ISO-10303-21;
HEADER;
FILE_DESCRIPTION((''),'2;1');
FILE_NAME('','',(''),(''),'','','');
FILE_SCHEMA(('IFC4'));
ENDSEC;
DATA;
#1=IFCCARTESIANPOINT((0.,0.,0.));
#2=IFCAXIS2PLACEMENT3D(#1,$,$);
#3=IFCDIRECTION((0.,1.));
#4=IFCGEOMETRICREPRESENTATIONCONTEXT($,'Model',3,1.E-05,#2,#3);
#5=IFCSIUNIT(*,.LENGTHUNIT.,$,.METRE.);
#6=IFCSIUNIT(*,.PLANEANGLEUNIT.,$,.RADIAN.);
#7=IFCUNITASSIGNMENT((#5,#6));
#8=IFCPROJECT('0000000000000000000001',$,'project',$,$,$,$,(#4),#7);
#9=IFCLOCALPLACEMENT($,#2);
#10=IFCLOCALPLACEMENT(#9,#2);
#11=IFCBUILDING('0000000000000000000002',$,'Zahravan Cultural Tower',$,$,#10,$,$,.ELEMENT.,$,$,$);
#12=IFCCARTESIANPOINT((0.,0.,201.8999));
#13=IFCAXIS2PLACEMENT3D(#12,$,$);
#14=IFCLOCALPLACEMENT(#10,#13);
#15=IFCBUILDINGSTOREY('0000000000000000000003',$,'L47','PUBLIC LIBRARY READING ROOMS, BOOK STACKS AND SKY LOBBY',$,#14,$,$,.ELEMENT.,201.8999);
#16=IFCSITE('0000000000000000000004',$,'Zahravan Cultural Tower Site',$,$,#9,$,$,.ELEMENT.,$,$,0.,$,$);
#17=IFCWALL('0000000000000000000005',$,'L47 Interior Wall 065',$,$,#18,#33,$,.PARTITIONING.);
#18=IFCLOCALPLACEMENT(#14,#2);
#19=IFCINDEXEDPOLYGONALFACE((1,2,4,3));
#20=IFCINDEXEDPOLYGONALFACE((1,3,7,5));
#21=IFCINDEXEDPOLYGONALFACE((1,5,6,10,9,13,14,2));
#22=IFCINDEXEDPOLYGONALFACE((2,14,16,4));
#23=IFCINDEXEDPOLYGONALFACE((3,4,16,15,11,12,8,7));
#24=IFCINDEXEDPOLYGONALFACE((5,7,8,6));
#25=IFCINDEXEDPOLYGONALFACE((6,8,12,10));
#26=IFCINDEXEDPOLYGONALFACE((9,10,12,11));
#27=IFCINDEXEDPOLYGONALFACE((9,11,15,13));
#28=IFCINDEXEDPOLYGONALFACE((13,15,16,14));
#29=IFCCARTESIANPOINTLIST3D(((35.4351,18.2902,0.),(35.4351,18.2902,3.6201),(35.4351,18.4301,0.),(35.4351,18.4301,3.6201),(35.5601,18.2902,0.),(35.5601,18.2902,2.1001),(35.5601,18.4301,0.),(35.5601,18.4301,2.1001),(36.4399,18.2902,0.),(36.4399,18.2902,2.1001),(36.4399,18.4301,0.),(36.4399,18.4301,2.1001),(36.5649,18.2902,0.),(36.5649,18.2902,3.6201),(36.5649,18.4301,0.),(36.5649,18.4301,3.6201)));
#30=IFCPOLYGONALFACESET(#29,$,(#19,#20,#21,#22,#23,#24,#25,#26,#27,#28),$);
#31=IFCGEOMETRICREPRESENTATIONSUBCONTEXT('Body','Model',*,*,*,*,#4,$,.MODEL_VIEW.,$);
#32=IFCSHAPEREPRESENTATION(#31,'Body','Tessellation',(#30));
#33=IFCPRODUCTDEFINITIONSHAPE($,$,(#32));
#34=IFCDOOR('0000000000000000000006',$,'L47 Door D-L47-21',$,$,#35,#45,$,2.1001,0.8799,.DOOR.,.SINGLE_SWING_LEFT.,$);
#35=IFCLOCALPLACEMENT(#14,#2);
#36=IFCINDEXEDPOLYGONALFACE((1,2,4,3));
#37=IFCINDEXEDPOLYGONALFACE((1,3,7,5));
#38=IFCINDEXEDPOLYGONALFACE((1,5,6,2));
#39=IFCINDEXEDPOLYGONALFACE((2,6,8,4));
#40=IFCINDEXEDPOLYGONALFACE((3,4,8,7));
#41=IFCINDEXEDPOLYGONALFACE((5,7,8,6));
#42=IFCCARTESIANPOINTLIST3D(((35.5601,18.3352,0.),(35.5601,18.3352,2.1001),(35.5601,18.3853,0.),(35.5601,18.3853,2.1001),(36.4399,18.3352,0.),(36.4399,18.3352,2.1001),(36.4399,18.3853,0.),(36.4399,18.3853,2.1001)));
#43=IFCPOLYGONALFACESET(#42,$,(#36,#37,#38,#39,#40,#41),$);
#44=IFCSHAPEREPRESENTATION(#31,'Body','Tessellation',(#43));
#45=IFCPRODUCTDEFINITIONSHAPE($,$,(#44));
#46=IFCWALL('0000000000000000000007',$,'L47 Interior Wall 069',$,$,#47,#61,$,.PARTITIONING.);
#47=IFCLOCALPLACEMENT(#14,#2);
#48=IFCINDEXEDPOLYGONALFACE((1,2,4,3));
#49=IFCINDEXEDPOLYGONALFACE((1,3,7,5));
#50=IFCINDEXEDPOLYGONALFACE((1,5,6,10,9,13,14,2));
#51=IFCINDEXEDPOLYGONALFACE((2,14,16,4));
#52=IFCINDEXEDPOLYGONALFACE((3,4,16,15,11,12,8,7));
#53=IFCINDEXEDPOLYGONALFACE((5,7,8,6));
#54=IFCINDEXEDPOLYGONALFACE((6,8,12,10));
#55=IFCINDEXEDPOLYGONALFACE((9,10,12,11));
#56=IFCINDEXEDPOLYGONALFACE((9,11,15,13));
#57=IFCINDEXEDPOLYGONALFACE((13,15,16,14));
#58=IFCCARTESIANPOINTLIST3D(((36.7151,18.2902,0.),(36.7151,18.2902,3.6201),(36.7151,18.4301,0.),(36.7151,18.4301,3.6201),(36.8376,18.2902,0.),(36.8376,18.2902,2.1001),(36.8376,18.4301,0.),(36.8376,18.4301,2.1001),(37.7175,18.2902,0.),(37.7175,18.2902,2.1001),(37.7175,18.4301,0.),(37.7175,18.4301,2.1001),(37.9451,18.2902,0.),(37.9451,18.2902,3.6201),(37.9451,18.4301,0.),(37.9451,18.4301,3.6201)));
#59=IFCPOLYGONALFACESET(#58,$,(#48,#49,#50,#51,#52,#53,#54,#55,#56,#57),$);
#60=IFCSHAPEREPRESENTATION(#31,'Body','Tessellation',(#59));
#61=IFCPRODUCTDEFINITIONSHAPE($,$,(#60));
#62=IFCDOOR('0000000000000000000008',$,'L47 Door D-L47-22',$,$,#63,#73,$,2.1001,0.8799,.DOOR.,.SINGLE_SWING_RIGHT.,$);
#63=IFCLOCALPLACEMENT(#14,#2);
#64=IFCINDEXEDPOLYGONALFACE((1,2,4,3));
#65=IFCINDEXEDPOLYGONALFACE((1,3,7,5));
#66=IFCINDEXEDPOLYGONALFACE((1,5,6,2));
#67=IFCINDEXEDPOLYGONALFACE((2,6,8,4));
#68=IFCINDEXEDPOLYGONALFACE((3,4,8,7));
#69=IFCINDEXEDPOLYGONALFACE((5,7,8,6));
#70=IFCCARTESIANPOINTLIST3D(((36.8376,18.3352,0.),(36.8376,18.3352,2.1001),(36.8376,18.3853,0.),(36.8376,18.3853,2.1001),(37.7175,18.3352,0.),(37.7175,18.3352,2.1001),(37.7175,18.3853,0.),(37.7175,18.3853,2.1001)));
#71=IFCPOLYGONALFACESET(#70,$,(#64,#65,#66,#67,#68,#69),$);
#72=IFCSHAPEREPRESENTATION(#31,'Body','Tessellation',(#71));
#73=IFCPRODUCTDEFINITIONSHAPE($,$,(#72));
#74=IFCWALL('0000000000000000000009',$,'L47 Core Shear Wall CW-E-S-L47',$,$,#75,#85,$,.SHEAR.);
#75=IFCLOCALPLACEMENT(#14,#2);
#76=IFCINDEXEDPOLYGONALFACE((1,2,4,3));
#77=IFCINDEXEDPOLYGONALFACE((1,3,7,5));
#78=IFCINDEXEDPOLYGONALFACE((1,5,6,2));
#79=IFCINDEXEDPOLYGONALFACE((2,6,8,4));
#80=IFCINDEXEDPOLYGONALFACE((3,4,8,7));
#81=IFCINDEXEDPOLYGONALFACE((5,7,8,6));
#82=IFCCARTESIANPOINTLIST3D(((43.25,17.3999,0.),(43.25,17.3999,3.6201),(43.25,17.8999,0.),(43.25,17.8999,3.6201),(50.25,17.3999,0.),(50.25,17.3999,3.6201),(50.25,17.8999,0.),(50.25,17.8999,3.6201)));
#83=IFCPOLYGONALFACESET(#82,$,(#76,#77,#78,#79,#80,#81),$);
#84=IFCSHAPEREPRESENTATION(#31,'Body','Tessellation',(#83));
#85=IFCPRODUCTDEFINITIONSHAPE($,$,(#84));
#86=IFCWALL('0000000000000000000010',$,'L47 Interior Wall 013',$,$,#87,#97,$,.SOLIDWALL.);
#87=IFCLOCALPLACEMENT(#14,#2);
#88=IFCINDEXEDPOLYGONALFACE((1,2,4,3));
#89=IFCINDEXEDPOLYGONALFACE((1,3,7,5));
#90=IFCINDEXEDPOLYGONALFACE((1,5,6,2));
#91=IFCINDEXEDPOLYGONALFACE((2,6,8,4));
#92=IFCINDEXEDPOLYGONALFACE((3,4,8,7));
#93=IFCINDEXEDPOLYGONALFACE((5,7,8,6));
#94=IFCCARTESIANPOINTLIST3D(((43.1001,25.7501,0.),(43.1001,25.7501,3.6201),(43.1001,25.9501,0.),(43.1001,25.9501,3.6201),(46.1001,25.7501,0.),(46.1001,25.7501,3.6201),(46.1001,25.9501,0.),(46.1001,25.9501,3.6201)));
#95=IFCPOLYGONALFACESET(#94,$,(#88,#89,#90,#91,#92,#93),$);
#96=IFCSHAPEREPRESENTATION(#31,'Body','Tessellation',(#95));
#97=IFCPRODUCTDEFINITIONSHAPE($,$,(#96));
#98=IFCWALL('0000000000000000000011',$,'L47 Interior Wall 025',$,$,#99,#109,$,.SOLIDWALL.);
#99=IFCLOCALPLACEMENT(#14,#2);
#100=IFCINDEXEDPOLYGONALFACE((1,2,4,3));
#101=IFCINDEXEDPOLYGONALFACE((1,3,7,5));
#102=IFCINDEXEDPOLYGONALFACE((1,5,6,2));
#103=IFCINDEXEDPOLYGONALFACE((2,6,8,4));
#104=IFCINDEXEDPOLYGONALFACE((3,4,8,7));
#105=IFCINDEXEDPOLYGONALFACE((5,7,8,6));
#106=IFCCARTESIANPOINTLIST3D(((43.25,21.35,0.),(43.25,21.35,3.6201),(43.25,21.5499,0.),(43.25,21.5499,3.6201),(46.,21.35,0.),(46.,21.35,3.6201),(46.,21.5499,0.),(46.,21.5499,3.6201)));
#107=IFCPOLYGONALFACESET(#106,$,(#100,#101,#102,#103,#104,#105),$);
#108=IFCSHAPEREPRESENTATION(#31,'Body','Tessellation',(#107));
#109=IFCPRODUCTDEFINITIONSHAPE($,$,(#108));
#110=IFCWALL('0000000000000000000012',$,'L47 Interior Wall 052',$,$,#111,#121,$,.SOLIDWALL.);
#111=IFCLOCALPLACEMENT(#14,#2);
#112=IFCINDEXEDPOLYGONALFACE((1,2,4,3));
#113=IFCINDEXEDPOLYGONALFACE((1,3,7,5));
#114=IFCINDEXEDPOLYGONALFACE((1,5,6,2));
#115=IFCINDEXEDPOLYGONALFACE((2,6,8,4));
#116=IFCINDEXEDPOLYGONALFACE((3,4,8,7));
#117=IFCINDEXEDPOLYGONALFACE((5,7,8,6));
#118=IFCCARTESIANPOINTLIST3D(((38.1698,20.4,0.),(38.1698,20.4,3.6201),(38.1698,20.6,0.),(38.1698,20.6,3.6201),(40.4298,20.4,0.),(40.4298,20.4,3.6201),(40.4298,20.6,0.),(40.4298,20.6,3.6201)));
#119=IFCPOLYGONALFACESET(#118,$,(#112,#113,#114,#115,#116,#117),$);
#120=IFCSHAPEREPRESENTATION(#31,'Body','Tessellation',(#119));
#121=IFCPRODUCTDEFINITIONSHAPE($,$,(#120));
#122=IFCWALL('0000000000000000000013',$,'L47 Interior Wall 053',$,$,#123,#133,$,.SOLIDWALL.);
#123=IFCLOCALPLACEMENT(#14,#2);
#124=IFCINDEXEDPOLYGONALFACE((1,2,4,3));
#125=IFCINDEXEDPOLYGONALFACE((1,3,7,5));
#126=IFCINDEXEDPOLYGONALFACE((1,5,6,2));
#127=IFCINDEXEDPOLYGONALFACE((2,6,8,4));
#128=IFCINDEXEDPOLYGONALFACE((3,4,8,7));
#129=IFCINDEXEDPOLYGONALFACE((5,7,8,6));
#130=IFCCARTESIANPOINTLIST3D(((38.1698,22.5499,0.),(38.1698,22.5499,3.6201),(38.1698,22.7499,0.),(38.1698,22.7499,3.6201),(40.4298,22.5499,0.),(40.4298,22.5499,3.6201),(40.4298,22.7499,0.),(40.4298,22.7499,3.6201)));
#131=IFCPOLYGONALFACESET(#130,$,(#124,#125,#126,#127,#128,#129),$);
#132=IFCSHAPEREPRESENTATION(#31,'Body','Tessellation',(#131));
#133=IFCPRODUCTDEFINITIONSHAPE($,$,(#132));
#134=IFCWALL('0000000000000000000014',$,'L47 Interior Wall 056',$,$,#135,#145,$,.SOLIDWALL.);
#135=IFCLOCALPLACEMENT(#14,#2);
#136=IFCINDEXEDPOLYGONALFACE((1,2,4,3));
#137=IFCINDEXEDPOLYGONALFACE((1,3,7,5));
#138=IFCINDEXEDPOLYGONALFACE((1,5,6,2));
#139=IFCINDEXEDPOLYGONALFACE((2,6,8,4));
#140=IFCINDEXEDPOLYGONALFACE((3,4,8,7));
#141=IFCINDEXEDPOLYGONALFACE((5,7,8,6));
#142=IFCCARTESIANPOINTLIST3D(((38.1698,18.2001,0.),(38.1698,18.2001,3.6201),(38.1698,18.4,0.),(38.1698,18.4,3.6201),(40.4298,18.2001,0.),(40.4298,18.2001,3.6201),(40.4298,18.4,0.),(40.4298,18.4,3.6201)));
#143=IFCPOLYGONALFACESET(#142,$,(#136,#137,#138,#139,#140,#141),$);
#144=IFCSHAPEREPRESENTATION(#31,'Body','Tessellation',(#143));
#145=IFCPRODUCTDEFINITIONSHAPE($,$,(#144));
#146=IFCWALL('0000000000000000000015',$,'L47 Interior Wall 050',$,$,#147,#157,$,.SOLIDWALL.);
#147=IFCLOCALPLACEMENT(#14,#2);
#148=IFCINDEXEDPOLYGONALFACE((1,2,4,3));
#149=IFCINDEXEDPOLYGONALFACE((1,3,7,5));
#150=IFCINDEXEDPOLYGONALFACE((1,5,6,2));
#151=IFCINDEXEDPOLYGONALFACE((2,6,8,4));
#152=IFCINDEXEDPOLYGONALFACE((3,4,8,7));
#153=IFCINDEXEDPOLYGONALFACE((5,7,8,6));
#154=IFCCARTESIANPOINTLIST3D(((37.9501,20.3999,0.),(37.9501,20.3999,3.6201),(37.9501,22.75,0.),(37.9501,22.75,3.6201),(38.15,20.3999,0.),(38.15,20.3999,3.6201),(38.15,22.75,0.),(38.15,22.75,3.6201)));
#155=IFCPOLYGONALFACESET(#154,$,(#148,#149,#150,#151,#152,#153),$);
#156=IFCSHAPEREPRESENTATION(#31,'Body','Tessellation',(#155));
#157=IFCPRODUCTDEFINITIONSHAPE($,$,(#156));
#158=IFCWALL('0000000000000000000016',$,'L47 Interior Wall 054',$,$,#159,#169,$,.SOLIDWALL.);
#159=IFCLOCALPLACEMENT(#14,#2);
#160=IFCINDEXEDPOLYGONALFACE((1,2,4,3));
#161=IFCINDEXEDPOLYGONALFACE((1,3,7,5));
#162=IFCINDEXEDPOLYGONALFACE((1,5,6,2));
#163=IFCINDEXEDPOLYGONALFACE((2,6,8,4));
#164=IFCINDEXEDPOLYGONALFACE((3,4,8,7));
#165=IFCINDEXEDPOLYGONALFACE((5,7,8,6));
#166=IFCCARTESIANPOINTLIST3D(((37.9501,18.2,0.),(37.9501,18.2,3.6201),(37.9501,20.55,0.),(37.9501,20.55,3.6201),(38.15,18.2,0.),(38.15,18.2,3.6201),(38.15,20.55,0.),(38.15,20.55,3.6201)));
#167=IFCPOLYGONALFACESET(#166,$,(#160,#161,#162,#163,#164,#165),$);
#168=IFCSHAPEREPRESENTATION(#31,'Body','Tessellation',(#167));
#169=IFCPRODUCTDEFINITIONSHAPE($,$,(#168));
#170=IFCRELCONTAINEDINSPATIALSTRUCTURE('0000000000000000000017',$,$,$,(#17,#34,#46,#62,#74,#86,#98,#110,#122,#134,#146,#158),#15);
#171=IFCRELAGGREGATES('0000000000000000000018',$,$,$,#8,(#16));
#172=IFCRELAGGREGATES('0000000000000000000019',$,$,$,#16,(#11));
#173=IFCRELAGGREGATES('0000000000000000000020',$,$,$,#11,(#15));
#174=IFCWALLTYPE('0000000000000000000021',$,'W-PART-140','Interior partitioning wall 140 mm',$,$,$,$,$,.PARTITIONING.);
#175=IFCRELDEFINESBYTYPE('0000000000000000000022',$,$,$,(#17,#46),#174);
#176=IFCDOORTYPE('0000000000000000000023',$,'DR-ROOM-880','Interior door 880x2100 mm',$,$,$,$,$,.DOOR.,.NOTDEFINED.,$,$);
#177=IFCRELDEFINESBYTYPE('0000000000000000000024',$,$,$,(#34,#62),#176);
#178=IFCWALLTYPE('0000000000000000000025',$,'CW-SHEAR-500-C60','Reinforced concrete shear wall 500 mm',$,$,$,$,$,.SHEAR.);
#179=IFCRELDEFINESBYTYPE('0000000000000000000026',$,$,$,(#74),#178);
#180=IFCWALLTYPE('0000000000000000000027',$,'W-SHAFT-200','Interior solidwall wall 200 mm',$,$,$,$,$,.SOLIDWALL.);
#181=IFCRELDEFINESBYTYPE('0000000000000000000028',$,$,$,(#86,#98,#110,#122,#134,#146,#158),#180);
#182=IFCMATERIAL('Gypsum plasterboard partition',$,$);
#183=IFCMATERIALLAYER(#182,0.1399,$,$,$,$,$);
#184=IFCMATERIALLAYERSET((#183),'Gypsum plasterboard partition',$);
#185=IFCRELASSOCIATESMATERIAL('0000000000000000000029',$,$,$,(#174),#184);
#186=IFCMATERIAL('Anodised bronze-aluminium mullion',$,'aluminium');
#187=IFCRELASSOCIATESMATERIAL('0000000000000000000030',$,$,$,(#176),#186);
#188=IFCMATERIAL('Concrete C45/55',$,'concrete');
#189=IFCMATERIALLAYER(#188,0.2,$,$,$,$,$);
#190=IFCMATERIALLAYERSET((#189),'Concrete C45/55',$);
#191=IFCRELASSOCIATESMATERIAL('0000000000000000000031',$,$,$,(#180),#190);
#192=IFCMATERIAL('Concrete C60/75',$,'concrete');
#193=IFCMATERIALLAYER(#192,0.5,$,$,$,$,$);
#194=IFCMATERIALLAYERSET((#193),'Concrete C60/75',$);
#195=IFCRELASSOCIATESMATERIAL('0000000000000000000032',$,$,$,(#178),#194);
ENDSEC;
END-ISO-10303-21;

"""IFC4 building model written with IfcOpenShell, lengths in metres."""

from ifc_helpers import new_model, si_unit, direction, frame, frame_2d, origin, place, context, subcontext, project, spatial, rectangle, extrude, source, transform, mapped, material, layer, layer_set, type_object, element, fill, save


model = new_model("IFC4")

# Units and contexts
model_context = context("Model", 3, precision=1e-05, world=origin(), true_north=direction((0.0, 1.0)))
body_context = subcontext(model_context, "Body", "Model", "MODEL_VIEW")
ifc_project = project(units=[si_unit("LENGTHUNIT", "METRE"), si_unit("PLANEANGLEUNIT", "RADIAN")], contexts=[model_context])

# Site, building, storey
site_placement = place(None, origin())
site = spatial("IfcSite", under=ifc_project, at=site_placement, Name="Zahravan Cultural Tower Site", CompositionType="ELEMENT", RefElevation=0.0)
building_placement = place(site_placement, origin())
building = spatial("IfcBuilding", under=site, at=building_placement, Name="Zahravan Cultural Tower", CompositionType="ELEMENT")
storey_placement = place(building_placement, frame((0.0, 0.0, 201.8999)))
storey = spatial("IfcBuildingStorey", under=building, at=storey_placement, Name="L47", Description="PUBLIC LIBRARY READING ROOMS, BOOK STACKS AND SKY LOBBY", CompositionType="ELEMENT", Elevation=201.8999)

# Walls, openings, doors
ifc_material_1 = material(Name="Gypsum plasterboard partition")
ifc_layer_1 = layer(ifc_material_1, 0.1399)
ifc_layer_set_1 = layer_set([ifc_layer_1], Name="Gypsum plasterboard partition")
wall_type_1 = type_object("IfcWallType", Name="W-PART-140", Description="Interior partitioning wall 140 mm", PredefinedType="PARTITIONING", material=ifc_layer_set_1)
wall_1_placement = place(storey_placement, frame((36.5649, 18.3601, 0.0), z_axis=(0.0, 0.0, 1.0), x_axis=(-1.0, 0.0, 0.0)))
wall_1 = element("IfcWall", 1, at=wall_1_placement, inside=storey, type_object=wall_type_1, Name="L47 Interior Wall 065", PredefinedType="PARTITIONING", context=body_context, shape_type="SweptSolid", body=[
    extrude(rectangle(XDim=1.1299, YDim=0.1399, at=frame_2d((0.5649, 0.0))), origin(), (0.0, 0.0, 1.0), 3.6201),
])
opening_1_placement = place(wall_1_placement, frame((0.125, 0.0, 0.0)))
opening_1 = element("IfcOpeningElement", 2, at=opening_1_placement, cuts=wall_1, PredefinedType="OPENING", context=body_context, shape_type="SweptSolid", body=[
    extrude(rectangle(XDim=0.8799, YDim=2.1001, at=frame_2d((0.4399, 1.05))), frame((0.0, 0.0798, 0.0), z_axis=(0.0, -1.0, 0.0), x_axis=(1.0, 0.0, 0.0)), (0.0, 0.0, 1.0), 0.1599),
])
ifc_material_2 = material(Name="Anodised bronze-aluminium mullion", Category="aluminium")
door_type_1 = type_object("IfcDoorType", Name="DR-ROOM-880", Description="Interior door 880x2100 mm", OperationType="NOTDEFINED", PredefinedType="DOOR", material=ifc_material_2)
shared_shape_1 = source(origin(), body_context, "Body", "SweptSolid", [
    extrude(rectangle(XDim=0.8799, YDim=2.1001, at=frame_2d((0.4399, 1.05))), frame((0.0, 0.0249, 0.0), z_axis=(0.0, -1.0, 0.0), x_axis=(1.0, 0.0, 0.0)), (0.0, 0.0, 1.0), 0.05),
])
door_1_placement = place(opening_1_placement, origin())
door_1 = element("IfcDoor", 3, at=door_1_placement, inside=storey, type_object=door_type_1, Name="L47 Door D-L47-21", OperationType="SINGLE_SWING_LEFT", OverallHeight=2.1001, OverallWidth=0.8799, PredefinedType="DOOR", context=body_context, shape_type="MappedRepresentation", body=[
    mapped(shared_shape_1, transform((0.0, 0.0, 0.0), x_axis=(1.0, 0.0, 0.0), y_axis=(0.0, 1.0, 0.0), z_axis=(0.0, 0.0, 1.0), scale=1.0)),
])
fill(opening_1, door_1)
wall_2_placement = place(storey_placement, frame((37.9451, 18.3601, 0.0), z_axis=(0.0, 0.0, 1.0), x_axis=(-1.0, 0.0, 0.0)))
wall_2 = element("IfcWall", 4, at=wall_2_placement, inside=storey, type_object=wall_type_1, Name="L47 Interior Wall 069", PredefinedType="PARTITIONING", context=body_context, shape_type="SweptSolid", body=[
    extrude(rectangle(XDim=1.23, YDim=0.1399, at=frame_2d((0.615, 0.0))), origin(), (0.0, 0.0, 1.0), 3.6201),
])
opening_2_placement = place(wall_2_placement, frame((0.2275, 0.0, 0.0)))
opening_2 = element("IfcOpeningElement", 5, at=opening_2_placement, cuts=wall_2, PredefinedType="OPENING", context=body_context, shape_type="SweptSolid", body=[
    extrude(rectangle(XDim=0.8799, YDim=2.1001, at=frame_2d((0.4399, 1.05))), frame((0.0, 0.0798, 0.0), z_axis=(0.0, -1.0, 0.0), x_axis=(1.0, 0.0, 0.0)), (0.0, 0.0, 1.0), 0.1599),
])
door_2_placement = place(opening_2_placement, origin())
door_2 = element("IfcDoor", 6, at=door_2_placement, inside=storey, type_object=door_type_1, Name="L47 Door D-L47-22", OperationType="SINGLE_SWING_RIGHT", OverallHeight=2.1001, OverallWidth=0.8799, PredefinedType="DOOR", context=body_context, shape_type="MappedRepresentation", body=[
    mapped(shared_shape_1, transform((0.0, 0.0, 0.0), x_axis=(1.0, 0.0, 0.0), y_axis=(0.0, 1.0, 0.0), z_axis=(0.0, 0.0, 1.0), scale=1.0)),
])
fill(opening_2, door_2)
ifc_material_3 = material(Name="Concrete C45/55", Category="concrete")
ifc_layer_2 = layer(ifc_material_3, 0.2)
ifc_layer_set_2 = layer_set([ifc_layer_2], Name="Concrete C45/55")
wall_type_2 = type_object("IfcWallType", Name="W-SHAFT-200", Description="Interior solidwall wall 200 mm", PredefinedType="SOLIDWALL", material=ifc_layer_set_2)

# Walls
ifc_material_4 = material(Name="Concrete C60/75", Category="concrete")
ifc_layer_3 = layer(ifc_material_4, 0.5)
ifc_layer_set_3 = layer_set([ifc_layer_3], Name="Concrete C60/75")
wall_type_3 = type_object("IfcWallType", Name="CW-SHEAR-500-C60", Description="Reinforced concrete shear wall 500 mm", PredefinedType="SHEAR", material=ifc_layer_set_3)
shared_shape_2 = source(origin(), body_context, "Body", "SweptSolid", [
    extrude(rectangle(XDim=7.0, YDim=0.5, at=frame_2d((3.5, 0.0))), origin(), (0.0, 0.0, 1.0), 3.6201),
])
wall_3_placement = place(storey_placement, frame((43.25, 17.6499, 0.0), z_axis=(0.0, 0.0, 1.0), x_axis=(1.0, 0.0, 0.0)))
element("IfcWall", 7, at=wall_3_placement, inside=storey, type_object=wall_type_3, Name="L47 Core Shear Wall CW-E-S-L47", PredefinedType="SHEAR", context=body_context, shape_type="MappedRepresentation", body=[
    mapped(shared_shape_2, transform((0.0, 0.0, 0.0), x_axis=(1.0, 0.0, 0.0), y_axis=(0.0, 1.0, 0.0), z_axis=(0.0, 0.0, 1.0), scale=1.0)),
])
shared_shape_3 = source(origin(), body_context, "Body", "SweptSolid", [
    extrude(rectangle(XDim=3.0, YDim=0.2, at=frame_2d((1.5, 0.0))), origin(), (0.0, 0.0, 1.0), 3.6201),
])
wall_4_placement = place(storey_placement, frame((43.1001, 25.8501, 0.0), z_axis=(0.0, 0.0, 1.0), x_axis=(1.0, 0.0, 0.0)))
element("IfcWall", 8, at=wall_4_placement, inside=storey, type_object=wall_type_2, Name="L47 Interior Wall 013", PredefinedType="SOLIDWALL", context=body_context, shape_type="MappedRepresentation", body=[
    mapped(shared_shape_3, transform((0.0, 0.0, 0.0), x_axis=(1.0, 0.0, 0.0), y_axis=(0.0, 1.0, 0.0), z_axis=(0.0, 0.0, 1.0), scale=1.0)),
])
shared_shape_4 = source(origin(), body_context, "Body", "SweptSolid", [
    extrude(rectangle(XDim=2.75, YDim=0.2, at=frame_2d((1.375, 0.0))), origin(), (0.0, 0.0, 1.0), 3.6201),
])
wall_5_placement = place(storey_placement, frame((43.25, 21.45, 0.0), z_axis=(0.0, 0.0, 1.0), x_axis=(1.0, 0.0, 0.0)))
element("IfcWall", 9, at=wall_5_placement, inside=storey, type_object=wall_type_2, Name="L47 Interior Wall 025", PredefinedType="SOLIDWALL", context=body_context, shape_type="MappedRepresentation", body=[
    mapped(shared_shape_4, transform((0.0, 0.0, 0.0), x_axis=(1.0, 0.0, 0.0), y_axis=(0.0, 1.0, 0.0), z_axis=(0.0, 0.0, 1.0), scale=1.0)),
])
shared_shape_5 = source(origin(), body_context, "Body", "SweptSolid", [
    extrude(rectangle(XDim=2.26, YDim=0.2, at=frame_2d((1.1299, 0.0))), origin(), (0.0, 0.0, 1.0), 3.6201),
])
for number, where, z_axis, x_axis, name in (
    (10, (38.1699, 20.5, 0.0), (0.0, 0.0, 1.0), (1.0, 0.0, 0.0), "L47 Interior Wall 052"),
    (11, (38.1699, 22.6499, 0.0), (0.0, 0.0, 1.0), (1.0, 0.0, 0.0), "L47 Interior Wall 053"),
    (12, (38.1699, 18.3, 0.0), (0.0, 0.0, 1.0), (1.0, 0.0, 0.0), "L47 Interior Wall 056"),
):
    element("IfcWall", number, at=place(storey_placement, frame(where, z_axis=z_axis, x_axis=x_axis)), inside=storey, type_object=wall_type_2, Name=name, PredefinedType="SOLIDWALL", context=body_context, shape_type="MappedRepresentation", body=[
        mapped(shared_shape_5, transform((0.0, 0.0, 0.0), x_axis=(1.0, 0.0, 0.0), y_axis=(0.0, 1.0, 0.0), z_axis=(0.0, 0.0, 1.0), scale=1.0)),
    ])
shared_shape_6 = source(origin(), body_context, "Body", "SweptSolid", [
    extrude(rectangle(XDim=2.3501, YDim=0.2, at=frame_2d((1.175, 0.0))), origin(), (0.0, 0.0, 1.0), 3.6201),
])
for number, where, z_axis, x_axis, name in (
    (13, (38.05, 20.3999, 0.0), (0.0, 0.0, 1.0), (0.0, 1.0, 0.0), "L47 Interior Wall 050"),
    (14, (38.05, 18.2, 0.0), (0.0, 0.0, 1.0), (0.0, 1.0, 0.0), "L47 Interior Wall 054"),
):
    element("IfcWall", number, at=place(storey_placement, frame(where, z_axis=z_axis, x_axis=x_axis)), inside=storey, type_object=wall_type_2, Name=name, PredefinedType="SOLIDWALL", context=body_context, shape_type="MappedRepresentation", body=[
        mapped(shared_shape_6, transform((0.0, 0.0, 0.0), x_axis=(1.0, 0.0, 0.0), y_axis=(0.0, 1.0, 0.0), z_axis=(0.0, 0.0, 1.0), scale=1.0)),
    ])

save(model, "model.ifc")
